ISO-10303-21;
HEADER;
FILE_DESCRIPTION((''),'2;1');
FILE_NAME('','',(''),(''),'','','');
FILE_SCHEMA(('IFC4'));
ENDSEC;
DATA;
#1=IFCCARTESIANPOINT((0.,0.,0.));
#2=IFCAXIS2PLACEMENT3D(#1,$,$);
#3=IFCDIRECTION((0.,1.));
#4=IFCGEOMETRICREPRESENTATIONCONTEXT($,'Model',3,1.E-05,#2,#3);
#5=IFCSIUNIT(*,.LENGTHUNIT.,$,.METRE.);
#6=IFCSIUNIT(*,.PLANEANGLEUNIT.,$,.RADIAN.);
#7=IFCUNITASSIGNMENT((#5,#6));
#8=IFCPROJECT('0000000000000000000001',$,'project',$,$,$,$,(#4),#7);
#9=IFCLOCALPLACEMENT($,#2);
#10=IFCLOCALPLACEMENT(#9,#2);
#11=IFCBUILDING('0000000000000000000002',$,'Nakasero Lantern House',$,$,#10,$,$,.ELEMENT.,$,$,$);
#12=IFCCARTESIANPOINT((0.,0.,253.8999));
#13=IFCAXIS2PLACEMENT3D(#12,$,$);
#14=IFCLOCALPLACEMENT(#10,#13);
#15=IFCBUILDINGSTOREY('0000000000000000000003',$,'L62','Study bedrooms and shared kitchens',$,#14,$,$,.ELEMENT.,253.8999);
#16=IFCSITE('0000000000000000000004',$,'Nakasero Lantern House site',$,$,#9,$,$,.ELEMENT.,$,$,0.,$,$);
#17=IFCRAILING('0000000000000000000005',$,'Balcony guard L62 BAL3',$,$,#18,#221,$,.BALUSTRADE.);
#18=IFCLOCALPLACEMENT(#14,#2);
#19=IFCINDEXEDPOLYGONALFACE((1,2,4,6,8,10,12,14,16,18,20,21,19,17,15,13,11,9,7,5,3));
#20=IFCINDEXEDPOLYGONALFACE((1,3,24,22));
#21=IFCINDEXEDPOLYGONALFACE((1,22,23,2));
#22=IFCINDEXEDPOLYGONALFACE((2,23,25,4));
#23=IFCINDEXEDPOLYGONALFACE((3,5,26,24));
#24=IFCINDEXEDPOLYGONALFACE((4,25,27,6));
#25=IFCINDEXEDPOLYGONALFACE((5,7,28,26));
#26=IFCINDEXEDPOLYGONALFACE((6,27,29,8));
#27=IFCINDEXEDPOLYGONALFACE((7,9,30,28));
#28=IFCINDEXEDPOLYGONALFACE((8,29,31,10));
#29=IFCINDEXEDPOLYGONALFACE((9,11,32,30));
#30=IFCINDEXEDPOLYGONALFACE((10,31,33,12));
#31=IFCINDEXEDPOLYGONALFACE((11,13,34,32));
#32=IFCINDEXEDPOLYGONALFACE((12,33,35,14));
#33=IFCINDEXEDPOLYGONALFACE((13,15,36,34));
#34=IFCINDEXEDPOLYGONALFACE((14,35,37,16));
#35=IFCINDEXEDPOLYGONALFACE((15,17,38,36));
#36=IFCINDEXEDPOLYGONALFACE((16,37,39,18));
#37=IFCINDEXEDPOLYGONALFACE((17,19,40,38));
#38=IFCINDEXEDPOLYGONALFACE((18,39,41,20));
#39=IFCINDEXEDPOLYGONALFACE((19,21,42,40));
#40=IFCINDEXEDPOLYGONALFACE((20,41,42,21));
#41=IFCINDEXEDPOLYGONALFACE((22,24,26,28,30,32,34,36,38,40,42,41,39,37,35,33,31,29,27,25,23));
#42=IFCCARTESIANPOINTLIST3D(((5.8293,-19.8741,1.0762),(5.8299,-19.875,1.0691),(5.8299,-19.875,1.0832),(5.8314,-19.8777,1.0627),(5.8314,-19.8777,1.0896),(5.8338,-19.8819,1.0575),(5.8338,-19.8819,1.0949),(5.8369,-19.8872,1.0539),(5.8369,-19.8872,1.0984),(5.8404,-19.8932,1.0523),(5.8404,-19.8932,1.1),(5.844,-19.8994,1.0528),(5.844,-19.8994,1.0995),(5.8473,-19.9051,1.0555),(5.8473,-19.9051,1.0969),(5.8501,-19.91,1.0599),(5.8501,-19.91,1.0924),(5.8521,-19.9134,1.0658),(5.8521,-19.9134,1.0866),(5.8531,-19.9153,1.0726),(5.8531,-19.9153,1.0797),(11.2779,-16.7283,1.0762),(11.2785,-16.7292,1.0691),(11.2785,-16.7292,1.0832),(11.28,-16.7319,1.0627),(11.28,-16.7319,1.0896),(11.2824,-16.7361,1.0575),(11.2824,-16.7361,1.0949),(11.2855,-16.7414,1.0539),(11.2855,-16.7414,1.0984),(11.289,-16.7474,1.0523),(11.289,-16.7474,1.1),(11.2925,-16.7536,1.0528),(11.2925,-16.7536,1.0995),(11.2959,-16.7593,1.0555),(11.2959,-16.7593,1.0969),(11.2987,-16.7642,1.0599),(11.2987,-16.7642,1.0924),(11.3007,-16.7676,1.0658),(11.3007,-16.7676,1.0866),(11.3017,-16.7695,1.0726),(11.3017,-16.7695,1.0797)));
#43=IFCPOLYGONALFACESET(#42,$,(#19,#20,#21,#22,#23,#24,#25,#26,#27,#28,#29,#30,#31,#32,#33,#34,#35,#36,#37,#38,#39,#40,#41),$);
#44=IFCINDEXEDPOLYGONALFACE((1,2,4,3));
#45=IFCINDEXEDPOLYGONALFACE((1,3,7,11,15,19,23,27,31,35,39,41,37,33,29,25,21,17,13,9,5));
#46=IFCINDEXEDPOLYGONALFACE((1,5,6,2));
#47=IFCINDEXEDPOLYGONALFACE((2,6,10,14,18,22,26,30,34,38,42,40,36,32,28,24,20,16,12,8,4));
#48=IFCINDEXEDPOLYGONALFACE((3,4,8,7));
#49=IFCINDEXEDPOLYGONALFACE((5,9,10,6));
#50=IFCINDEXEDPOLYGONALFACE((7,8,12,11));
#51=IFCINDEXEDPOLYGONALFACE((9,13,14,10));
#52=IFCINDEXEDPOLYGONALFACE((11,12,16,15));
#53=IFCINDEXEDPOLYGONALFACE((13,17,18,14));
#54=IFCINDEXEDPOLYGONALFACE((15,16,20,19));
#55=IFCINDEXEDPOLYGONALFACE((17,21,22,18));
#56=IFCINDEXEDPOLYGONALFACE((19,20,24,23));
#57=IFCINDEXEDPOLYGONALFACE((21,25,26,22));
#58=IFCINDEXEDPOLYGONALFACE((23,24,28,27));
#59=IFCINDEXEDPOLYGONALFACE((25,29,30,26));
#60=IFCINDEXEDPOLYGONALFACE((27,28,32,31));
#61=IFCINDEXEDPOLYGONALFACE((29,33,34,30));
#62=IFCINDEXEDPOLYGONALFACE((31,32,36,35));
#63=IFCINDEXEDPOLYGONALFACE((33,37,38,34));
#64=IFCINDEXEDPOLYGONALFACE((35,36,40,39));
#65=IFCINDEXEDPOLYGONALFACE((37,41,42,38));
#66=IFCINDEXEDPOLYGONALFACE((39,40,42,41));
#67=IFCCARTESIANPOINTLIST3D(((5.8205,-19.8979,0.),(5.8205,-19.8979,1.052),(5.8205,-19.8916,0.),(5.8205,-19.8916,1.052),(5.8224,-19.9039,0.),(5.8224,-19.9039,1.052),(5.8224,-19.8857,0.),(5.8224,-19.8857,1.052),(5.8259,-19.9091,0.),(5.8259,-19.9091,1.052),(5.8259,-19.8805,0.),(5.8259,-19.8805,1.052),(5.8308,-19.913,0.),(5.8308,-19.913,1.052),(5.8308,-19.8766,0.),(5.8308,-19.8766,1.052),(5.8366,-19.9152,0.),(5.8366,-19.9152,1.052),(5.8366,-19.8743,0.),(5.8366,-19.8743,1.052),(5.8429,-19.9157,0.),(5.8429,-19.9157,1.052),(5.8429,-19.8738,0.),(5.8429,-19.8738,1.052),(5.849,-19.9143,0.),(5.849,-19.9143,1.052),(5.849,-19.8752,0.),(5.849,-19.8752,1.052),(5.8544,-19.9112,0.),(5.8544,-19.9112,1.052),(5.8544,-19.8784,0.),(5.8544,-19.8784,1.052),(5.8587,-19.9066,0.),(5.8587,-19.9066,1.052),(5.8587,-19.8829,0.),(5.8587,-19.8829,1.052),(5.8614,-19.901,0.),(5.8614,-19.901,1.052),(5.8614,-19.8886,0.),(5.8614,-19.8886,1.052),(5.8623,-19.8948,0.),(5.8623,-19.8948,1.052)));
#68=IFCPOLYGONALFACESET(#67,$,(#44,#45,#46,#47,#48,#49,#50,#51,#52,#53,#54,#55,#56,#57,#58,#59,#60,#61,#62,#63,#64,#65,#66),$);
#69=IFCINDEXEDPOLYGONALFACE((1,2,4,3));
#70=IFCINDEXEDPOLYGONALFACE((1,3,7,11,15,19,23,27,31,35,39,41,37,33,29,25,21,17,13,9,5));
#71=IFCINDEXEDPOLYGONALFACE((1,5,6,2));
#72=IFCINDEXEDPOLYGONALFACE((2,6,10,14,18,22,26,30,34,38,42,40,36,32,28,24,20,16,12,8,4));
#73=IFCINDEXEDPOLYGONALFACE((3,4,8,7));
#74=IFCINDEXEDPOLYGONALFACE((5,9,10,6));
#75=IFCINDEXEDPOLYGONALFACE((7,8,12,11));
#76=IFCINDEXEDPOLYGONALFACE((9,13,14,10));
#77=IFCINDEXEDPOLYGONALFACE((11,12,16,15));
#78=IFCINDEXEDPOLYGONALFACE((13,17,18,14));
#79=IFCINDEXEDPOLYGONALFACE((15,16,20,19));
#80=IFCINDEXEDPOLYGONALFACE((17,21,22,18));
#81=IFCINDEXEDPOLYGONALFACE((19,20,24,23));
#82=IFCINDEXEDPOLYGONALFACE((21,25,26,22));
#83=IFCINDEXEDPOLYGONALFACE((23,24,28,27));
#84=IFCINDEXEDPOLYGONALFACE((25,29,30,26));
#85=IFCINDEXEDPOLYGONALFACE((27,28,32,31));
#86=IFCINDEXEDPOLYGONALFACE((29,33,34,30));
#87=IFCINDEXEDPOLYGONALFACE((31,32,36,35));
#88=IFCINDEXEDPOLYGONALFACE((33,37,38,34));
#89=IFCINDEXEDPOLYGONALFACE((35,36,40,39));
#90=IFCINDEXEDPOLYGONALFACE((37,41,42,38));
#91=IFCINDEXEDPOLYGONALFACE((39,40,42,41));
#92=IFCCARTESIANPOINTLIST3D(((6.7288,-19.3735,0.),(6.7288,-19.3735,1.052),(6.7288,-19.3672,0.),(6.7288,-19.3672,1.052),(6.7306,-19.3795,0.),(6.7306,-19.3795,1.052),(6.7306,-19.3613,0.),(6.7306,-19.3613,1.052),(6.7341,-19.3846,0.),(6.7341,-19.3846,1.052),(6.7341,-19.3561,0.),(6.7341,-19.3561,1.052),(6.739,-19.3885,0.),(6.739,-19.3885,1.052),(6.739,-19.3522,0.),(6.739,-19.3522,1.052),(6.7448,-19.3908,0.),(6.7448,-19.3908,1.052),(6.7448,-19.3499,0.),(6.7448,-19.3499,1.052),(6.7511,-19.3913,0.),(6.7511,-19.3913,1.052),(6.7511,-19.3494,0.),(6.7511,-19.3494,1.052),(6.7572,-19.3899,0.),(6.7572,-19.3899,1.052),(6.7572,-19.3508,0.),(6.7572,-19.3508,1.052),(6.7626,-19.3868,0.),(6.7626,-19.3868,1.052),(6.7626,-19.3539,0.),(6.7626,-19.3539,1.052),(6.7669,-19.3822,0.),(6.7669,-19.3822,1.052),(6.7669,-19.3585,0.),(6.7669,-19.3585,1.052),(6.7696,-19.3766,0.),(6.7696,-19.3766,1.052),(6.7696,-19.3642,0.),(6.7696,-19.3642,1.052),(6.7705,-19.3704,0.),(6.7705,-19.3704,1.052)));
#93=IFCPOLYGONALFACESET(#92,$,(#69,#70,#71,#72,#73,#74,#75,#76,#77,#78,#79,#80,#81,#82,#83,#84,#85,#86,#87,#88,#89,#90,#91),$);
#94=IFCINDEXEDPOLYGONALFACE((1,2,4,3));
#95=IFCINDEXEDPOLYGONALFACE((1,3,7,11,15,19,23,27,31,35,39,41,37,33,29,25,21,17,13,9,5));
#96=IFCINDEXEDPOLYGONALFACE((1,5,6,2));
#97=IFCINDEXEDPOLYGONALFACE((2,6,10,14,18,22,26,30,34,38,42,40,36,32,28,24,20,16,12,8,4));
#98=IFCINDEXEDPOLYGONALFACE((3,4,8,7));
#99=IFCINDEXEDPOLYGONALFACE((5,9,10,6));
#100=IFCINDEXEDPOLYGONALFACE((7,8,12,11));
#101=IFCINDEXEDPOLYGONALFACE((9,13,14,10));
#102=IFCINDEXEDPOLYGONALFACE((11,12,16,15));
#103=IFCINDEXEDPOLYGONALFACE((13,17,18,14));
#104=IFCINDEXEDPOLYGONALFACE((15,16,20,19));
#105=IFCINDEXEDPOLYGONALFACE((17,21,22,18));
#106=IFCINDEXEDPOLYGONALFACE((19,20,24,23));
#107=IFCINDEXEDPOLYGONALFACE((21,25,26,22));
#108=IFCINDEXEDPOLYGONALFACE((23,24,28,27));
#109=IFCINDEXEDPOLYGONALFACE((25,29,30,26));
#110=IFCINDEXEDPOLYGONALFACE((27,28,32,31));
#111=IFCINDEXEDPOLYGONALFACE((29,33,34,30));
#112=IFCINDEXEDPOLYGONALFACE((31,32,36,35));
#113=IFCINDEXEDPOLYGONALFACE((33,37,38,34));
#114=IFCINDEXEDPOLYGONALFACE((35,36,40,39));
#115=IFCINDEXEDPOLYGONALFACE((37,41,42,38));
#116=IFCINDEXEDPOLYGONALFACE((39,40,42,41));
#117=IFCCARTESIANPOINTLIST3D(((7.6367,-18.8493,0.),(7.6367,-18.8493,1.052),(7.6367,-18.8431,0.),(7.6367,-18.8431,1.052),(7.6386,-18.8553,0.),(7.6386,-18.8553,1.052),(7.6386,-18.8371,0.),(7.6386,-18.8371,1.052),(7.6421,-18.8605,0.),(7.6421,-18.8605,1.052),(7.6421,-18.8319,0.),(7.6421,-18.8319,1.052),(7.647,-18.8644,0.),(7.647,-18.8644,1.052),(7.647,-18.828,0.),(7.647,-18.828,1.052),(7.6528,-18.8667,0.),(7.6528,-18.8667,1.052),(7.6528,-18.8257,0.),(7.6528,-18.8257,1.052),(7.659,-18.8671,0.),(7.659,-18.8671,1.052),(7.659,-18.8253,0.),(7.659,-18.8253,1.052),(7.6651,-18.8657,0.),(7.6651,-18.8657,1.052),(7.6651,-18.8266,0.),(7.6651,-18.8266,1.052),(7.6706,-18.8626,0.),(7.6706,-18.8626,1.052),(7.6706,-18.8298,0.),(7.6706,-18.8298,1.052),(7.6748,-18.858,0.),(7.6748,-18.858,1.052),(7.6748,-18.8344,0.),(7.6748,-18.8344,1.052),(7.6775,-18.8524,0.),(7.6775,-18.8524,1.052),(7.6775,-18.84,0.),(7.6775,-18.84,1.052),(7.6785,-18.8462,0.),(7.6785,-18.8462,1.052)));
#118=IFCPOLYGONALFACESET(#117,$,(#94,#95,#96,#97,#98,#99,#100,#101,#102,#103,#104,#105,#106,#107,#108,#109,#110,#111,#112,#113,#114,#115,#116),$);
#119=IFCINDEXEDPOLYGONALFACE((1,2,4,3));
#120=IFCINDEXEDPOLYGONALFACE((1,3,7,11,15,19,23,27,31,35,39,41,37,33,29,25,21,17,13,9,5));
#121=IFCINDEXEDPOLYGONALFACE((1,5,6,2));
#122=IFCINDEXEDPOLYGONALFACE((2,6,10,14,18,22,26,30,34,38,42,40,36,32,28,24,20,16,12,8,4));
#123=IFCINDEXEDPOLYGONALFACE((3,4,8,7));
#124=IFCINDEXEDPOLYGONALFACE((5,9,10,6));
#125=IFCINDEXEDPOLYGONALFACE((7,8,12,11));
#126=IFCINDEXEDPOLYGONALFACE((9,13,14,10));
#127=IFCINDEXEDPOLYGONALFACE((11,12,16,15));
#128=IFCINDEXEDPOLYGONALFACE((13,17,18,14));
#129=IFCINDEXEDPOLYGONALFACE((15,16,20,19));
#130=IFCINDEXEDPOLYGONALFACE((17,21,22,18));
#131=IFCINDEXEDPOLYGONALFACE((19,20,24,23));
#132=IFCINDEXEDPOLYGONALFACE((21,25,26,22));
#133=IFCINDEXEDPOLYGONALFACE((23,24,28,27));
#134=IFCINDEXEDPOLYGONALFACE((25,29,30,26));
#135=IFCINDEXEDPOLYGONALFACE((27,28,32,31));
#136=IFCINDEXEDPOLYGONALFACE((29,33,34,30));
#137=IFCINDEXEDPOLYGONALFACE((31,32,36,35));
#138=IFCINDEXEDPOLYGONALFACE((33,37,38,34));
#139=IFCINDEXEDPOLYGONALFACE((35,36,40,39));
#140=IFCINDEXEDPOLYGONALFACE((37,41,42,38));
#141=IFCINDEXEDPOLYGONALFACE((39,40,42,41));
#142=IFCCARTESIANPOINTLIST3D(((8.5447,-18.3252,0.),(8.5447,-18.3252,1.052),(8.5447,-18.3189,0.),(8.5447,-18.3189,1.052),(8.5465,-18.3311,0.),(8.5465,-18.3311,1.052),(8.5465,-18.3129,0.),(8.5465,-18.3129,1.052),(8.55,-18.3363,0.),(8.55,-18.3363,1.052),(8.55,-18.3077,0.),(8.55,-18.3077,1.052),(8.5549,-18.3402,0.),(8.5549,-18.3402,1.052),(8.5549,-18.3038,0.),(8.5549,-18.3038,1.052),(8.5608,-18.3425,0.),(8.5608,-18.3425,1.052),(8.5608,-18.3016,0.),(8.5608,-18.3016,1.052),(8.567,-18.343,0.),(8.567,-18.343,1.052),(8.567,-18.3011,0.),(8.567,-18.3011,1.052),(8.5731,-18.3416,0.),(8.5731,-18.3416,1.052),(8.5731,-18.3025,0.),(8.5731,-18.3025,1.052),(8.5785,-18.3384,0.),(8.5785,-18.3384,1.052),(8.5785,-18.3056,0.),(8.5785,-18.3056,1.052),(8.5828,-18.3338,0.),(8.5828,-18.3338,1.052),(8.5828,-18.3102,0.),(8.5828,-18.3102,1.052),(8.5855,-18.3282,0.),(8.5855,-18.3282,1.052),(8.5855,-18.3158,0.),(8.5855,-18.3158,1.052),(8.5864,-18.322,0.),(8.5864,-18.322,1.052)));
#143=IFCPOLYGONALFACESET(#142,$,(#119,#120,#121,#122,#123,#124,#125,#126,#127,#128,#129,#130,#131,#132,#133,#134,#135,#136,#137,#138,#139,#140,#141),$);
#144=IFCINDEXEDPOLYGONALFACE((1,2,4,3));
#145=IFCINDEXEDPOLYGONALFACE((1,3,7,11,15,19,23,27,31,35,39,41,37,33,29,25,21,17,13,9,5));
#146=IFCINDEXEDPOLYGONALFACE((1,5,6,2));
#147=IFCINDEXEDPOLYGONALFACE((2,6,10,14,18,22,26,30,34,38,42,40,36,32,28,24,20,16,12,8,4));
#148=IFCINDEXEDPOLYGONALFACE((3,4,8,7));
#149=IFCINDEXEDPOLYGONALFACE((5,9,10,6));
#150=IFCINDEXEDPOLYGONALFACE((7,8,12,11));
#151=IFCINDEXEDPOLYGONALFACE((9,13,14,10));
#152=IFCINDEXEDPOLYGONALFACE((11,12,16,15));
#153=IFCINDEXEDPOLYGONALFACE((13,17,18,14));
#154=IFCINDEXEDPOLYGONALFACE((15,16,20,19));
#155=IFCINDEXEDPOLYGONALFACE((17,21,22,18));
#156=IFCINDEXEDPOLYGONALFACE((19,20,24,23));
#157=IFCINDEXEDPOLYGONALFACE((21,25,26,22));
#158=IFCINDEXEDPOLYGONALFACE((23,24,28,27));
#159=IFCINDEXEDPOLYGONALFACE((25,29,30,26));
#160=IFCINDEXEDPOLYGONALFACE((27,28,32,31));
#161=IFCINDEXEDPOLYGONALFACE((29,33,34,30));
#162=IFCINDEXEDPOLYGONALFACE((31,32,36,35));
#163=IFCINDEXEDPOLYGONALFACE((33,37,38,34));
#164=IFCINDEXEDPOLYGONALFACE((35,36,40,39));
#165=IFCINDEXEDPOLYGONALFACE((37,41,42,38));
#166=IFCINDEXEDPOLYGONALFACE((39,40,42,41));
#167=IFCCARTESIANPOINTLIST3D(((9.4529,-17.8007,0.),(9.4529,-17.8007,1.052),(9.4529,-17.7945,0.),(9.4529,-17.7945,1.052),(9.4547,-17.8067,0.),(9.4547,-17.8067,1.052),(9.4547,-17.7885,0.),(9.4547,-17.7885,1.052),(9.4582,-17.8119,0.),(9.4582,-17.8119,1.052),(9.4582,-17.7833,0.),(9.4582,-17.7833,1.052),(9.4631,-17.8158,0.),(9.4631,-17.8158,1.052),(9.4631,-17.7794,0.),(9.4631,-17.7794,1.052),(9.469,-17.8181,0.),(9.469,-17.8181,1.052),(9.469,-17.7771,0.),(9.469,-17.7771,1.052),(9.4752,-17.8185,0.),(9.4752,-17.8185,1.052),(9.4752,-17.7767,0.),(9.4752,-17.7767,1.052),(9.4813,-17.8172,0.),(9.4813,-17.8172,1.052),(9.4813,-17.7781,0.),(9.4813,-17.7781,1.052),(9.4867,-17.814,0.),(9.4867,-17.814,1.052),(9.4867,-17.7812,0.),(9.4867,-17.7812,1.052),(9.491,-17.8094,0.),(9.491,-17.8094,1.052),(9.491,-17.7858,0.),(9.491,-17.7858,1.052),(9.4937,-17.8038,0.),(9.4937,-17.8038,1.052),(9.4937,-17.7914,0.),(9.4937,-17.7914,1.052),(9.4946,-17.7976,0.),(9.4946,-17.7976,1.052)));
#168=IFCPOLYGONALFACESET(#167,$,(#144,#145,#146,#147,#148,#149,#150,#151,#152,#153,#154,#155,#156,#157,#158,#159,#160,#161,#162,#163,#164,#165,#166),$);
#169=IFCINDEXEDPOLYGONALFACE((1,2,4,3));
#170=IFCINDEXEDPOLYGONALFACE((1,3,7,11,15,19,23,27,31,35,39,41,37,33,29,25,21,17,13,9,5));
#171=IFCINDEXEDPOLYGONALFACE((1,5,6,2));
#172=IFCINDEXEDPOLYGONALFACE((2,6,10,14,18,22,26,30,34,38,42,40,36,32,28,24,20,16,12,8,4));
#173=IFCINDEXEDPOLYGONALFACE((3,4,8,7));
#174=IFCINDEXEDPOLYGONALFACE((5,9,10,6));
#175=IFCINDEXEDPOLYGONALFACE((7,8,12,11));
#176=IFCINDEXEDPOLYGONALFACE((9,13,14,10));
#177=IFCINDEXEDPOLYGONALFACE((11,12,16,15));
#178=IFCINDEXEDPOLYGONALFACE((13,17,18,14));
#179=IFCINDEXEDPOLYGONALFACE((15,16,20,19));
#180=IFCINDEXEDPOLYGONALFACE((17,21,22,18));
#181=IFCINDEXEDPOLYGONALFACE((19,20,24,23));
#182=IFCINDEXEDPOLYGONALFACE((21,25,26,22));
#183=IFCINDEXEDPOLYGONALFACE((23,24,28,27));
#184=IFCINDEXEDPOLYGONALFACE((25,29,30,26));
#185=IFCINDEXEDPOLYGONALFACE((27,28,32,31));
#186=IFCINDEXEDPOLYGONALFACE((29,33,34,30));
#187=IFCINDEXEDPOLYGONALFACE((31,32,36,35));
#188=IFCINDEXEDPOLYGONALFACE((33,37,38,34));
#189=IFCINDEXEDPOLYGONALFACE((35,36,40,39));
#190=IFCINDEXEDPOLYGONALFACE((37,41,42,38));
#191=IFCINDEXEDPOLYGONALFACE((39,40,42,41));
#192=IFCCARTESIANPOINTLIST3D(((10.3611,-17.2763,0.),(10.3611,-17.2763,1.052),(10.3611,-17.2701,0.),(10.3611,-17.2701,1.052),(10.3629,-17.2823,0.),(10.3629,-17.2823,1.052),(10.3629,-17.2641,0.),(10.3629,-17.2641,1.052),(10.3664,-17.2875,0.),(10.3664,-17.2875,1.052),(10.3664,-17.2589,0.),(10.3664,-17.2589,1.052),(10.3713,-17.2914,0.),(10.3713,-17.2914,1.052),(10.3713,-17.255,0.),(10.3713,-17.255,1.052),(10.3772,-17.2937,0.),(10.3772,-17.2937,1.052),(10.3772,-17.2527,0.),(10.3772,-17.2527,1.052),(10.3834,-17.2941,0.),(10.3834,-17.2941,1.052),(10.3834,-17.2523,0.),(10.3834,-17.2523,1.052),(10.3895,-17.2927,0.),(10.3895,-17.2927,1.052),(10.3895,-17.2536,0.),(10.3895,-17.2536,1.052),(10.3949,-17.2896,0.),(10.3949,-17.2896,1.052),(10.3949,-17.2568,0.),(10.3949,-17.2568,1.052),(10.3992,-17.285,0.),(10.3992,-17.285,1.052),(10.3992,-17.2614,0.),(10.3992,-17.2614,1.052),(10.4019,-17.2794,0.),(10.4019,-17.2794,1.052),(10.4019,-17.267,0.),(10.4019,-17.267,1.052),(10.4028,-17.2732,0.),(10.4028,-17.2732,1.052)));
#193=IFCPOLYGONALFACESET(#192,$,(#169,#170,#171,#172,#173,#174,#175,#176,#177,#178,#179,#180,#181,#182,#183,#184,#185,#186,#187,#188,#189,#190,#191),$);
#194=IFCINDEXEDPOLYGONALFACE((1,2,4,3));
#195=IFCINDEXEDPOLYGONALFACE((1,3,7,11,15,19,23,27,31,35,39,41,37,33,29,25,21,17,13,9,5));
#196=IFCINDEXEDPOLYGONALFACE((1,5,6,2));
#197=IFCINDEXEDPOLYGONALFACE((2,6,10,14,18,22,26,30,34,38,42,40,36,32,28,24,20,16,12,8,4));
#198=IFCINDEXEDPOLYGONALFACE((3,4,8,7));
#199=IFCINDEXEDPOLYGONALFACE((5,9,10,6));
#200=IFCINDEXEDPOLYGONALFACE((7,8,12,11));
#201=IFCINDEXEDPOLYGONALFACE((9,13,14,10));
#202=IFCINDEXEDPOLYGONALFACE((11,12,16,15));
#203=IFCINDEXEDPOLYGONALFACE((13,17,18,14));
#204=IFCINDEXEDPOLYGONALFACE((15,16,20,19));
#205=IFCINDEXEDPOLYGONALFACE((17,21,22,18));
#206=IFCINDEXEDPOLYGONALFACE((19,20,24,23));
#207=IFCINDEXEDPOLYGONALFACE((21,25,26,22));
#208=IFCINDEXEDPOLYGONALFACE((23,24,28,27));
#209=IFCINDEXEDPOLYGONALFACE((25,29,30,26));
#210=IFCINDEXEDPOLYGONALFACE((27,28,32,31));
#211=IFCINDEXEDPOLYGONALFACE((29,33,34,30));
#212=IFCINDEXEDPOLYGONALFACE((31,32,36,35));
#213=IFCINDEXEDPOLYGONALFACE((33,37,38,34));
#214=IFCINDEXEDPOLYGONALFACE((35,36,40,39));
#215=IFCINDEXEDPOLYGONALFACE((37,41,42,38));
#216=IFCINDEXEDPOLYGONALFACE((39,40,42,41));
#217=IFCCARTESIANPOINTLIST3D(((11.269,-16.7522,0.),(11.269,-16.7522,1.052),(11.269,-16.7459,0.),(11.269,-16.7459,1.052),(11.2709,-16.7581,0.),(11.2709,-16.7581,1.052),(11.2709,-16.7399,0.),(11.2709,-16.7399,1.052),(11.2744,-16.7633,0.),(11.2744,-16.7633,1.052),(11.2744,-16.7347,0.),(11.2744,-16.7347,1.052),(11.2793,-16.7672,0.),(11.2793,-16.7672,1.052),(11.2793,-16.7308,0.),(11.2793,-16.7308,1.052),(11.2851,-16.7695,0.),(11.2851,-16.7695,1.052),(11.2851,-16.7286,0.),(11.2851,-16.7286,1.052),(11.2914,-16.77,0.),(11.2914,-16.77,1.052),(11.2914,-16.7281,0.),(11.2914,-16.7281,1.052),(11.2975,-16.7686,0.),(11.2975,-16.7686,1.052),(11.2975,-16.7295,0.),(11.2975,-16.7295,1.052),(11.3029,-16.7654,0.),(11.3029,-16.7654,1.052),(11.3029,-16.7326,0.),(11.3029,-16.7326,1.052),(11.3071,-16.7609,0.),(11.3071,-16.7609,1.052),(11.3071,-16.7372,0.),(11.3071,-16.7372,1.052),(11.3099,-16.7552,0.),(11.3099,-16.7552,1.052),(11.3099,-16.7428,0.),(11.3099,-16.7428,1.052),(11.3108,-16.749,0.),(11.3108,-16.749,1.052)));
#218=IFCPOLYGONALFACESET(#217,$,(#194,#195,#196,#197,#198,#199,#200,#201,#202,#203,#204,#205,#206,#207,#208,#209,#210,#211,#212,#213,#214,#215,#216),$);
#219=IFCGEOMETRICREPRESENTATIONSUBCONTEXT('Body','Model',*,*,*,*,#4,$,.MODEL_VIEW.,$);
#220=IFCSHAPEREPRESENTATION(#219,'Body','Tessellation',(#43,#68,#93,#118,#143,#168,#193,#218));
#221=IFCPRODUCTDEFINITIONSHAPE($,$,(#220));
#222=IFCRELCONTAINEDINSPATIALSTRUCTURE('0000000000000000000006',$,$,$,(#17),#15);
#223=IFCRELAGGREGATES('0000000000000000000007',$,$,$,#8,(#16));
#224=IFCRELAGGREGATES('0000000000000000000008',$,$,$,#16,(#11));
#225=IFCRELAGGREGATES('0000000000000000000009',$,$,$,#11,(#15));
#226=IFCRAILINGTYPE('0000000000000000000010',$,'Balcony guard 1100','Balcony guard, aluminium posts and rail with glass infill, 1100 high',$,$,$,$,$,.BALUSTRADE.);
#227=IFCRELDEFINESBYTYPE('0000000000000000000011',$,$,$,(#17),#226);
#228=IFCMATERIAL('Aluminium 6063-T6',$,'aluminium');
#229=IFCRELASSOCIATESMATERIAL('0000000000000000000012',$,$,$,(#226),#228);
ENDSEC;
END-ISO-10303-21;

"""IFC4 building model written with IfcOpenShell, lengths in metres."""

from ifc_helpers import new_model, si_unit, direction, frame, origin, origin_2d, place, context, subcontext, project, spatial, circle, extrude, material, type_object, element, save


model = new_model("IFC4")

# Units and contexts
model_context = context("Model", 3, precision=1e-05, world=origin(), true_north=direction((0.0, 1.0)))
body_context = subcontext(model_context, "Body", "Model", "MODEL_VIEW")
ifc_project = project(units=[si_unit("LENGTHUNIT", "METRE"), si_unit("PLANEANGLEUNIT", "RADIAN")], contexts=[model_context])

# Site, building, storey
site_placement = place(None, origin())
site = spatial("IfcSite", under=ifc_project, at=site_placement, Name="Nakasero Lantern House site", CompositionType="ELEMENT", RefElevation=0.0)
building_placement = place(site_placement, origin())
building = spatial("IfcBuilding", under=site, at=building_placement, Name="Nakasero Lantern House", CompositionType="ELEMENT")
storey_placement = place(building_placement, frame((0.0, 0.0, 253.8999)))
storey = spatial("IfcBuildingStorey", under=building, at=storey_placement, Name="L62", Description="Study bedrooms and shared kitchens", CompositionType="ELEMENT", Elevation=253.8999)

# Railing
ifc_material_1 = material(Name="Aluminium 6063-T6", Category="aluminium")
railing_type = type_object("IfcRailingType", Name="Balcony guard 1100", Description="Balcony guard, aluminium posts and rail with glass infill, 1100 high", PredefinedType="BALUSTRADE", material=ifc_material_1)
railing_placement = place(storey_placement, frame((5.8413, -19.8948, 0.0)))
element("IfcRailing", 1, at=railing_placement, inside=storey, type_object=railing_type, Name="Balcony guard L62 BAL3", PredefinedType="BALUSTRADE", context=body_context, shape_type="SweptSolid", body=[
    extrude(circle(Radius=0.0239, at=origin_2d()), frame((0.0, 0.0, 1.0762), z_axis=(0.866021, 0.500008, 0.0), x_axis=(-0.500008, 0.866021, 0.0)), (0.0, 0.0, 1.0), 6.2915),
    extrude(circle(Radius=0.021, at=origin_2d()), origin(), (0.0, 0.0, 1.0), 1.052),
    extrude(circle(Radius=0.021, at=origin_2d()), frame((0.9082, 0.5244, 0.0)), (0.0, 0.0, 1.0), 1.052),
    extrude(circle(Radius=0.021, at=origin_2d()), frame((1.8162, 1.0486, 0.0)), (0.0, 0.0, 1.0), 1.052),
    extrude(circle(Radius=0.021, at=origin_2d()), frame((2.7241, 1.5728, 0.0)), (0.0, 0.0, 1.0), 1.052),
    extrude(circle(Radius=0.021, at=origin_2d()), frame((3.6323, 2.0972, 0.0)), (0.0, 0.0, 1.0), 1.052),
    extrude(circle(Radius=0.021, at=origin_2d()), frame((4.5405, 2.6216, 0.0)), (0.0, 0.0, 1.0), 1.052),
    extrude(circle(Radius=0.021, at=origin_2d()), frame((5.4485, 3.1458, 0.0)), (0.0, 0.0, 1.0), 1.052),
])

save(model, "model.ifc")
